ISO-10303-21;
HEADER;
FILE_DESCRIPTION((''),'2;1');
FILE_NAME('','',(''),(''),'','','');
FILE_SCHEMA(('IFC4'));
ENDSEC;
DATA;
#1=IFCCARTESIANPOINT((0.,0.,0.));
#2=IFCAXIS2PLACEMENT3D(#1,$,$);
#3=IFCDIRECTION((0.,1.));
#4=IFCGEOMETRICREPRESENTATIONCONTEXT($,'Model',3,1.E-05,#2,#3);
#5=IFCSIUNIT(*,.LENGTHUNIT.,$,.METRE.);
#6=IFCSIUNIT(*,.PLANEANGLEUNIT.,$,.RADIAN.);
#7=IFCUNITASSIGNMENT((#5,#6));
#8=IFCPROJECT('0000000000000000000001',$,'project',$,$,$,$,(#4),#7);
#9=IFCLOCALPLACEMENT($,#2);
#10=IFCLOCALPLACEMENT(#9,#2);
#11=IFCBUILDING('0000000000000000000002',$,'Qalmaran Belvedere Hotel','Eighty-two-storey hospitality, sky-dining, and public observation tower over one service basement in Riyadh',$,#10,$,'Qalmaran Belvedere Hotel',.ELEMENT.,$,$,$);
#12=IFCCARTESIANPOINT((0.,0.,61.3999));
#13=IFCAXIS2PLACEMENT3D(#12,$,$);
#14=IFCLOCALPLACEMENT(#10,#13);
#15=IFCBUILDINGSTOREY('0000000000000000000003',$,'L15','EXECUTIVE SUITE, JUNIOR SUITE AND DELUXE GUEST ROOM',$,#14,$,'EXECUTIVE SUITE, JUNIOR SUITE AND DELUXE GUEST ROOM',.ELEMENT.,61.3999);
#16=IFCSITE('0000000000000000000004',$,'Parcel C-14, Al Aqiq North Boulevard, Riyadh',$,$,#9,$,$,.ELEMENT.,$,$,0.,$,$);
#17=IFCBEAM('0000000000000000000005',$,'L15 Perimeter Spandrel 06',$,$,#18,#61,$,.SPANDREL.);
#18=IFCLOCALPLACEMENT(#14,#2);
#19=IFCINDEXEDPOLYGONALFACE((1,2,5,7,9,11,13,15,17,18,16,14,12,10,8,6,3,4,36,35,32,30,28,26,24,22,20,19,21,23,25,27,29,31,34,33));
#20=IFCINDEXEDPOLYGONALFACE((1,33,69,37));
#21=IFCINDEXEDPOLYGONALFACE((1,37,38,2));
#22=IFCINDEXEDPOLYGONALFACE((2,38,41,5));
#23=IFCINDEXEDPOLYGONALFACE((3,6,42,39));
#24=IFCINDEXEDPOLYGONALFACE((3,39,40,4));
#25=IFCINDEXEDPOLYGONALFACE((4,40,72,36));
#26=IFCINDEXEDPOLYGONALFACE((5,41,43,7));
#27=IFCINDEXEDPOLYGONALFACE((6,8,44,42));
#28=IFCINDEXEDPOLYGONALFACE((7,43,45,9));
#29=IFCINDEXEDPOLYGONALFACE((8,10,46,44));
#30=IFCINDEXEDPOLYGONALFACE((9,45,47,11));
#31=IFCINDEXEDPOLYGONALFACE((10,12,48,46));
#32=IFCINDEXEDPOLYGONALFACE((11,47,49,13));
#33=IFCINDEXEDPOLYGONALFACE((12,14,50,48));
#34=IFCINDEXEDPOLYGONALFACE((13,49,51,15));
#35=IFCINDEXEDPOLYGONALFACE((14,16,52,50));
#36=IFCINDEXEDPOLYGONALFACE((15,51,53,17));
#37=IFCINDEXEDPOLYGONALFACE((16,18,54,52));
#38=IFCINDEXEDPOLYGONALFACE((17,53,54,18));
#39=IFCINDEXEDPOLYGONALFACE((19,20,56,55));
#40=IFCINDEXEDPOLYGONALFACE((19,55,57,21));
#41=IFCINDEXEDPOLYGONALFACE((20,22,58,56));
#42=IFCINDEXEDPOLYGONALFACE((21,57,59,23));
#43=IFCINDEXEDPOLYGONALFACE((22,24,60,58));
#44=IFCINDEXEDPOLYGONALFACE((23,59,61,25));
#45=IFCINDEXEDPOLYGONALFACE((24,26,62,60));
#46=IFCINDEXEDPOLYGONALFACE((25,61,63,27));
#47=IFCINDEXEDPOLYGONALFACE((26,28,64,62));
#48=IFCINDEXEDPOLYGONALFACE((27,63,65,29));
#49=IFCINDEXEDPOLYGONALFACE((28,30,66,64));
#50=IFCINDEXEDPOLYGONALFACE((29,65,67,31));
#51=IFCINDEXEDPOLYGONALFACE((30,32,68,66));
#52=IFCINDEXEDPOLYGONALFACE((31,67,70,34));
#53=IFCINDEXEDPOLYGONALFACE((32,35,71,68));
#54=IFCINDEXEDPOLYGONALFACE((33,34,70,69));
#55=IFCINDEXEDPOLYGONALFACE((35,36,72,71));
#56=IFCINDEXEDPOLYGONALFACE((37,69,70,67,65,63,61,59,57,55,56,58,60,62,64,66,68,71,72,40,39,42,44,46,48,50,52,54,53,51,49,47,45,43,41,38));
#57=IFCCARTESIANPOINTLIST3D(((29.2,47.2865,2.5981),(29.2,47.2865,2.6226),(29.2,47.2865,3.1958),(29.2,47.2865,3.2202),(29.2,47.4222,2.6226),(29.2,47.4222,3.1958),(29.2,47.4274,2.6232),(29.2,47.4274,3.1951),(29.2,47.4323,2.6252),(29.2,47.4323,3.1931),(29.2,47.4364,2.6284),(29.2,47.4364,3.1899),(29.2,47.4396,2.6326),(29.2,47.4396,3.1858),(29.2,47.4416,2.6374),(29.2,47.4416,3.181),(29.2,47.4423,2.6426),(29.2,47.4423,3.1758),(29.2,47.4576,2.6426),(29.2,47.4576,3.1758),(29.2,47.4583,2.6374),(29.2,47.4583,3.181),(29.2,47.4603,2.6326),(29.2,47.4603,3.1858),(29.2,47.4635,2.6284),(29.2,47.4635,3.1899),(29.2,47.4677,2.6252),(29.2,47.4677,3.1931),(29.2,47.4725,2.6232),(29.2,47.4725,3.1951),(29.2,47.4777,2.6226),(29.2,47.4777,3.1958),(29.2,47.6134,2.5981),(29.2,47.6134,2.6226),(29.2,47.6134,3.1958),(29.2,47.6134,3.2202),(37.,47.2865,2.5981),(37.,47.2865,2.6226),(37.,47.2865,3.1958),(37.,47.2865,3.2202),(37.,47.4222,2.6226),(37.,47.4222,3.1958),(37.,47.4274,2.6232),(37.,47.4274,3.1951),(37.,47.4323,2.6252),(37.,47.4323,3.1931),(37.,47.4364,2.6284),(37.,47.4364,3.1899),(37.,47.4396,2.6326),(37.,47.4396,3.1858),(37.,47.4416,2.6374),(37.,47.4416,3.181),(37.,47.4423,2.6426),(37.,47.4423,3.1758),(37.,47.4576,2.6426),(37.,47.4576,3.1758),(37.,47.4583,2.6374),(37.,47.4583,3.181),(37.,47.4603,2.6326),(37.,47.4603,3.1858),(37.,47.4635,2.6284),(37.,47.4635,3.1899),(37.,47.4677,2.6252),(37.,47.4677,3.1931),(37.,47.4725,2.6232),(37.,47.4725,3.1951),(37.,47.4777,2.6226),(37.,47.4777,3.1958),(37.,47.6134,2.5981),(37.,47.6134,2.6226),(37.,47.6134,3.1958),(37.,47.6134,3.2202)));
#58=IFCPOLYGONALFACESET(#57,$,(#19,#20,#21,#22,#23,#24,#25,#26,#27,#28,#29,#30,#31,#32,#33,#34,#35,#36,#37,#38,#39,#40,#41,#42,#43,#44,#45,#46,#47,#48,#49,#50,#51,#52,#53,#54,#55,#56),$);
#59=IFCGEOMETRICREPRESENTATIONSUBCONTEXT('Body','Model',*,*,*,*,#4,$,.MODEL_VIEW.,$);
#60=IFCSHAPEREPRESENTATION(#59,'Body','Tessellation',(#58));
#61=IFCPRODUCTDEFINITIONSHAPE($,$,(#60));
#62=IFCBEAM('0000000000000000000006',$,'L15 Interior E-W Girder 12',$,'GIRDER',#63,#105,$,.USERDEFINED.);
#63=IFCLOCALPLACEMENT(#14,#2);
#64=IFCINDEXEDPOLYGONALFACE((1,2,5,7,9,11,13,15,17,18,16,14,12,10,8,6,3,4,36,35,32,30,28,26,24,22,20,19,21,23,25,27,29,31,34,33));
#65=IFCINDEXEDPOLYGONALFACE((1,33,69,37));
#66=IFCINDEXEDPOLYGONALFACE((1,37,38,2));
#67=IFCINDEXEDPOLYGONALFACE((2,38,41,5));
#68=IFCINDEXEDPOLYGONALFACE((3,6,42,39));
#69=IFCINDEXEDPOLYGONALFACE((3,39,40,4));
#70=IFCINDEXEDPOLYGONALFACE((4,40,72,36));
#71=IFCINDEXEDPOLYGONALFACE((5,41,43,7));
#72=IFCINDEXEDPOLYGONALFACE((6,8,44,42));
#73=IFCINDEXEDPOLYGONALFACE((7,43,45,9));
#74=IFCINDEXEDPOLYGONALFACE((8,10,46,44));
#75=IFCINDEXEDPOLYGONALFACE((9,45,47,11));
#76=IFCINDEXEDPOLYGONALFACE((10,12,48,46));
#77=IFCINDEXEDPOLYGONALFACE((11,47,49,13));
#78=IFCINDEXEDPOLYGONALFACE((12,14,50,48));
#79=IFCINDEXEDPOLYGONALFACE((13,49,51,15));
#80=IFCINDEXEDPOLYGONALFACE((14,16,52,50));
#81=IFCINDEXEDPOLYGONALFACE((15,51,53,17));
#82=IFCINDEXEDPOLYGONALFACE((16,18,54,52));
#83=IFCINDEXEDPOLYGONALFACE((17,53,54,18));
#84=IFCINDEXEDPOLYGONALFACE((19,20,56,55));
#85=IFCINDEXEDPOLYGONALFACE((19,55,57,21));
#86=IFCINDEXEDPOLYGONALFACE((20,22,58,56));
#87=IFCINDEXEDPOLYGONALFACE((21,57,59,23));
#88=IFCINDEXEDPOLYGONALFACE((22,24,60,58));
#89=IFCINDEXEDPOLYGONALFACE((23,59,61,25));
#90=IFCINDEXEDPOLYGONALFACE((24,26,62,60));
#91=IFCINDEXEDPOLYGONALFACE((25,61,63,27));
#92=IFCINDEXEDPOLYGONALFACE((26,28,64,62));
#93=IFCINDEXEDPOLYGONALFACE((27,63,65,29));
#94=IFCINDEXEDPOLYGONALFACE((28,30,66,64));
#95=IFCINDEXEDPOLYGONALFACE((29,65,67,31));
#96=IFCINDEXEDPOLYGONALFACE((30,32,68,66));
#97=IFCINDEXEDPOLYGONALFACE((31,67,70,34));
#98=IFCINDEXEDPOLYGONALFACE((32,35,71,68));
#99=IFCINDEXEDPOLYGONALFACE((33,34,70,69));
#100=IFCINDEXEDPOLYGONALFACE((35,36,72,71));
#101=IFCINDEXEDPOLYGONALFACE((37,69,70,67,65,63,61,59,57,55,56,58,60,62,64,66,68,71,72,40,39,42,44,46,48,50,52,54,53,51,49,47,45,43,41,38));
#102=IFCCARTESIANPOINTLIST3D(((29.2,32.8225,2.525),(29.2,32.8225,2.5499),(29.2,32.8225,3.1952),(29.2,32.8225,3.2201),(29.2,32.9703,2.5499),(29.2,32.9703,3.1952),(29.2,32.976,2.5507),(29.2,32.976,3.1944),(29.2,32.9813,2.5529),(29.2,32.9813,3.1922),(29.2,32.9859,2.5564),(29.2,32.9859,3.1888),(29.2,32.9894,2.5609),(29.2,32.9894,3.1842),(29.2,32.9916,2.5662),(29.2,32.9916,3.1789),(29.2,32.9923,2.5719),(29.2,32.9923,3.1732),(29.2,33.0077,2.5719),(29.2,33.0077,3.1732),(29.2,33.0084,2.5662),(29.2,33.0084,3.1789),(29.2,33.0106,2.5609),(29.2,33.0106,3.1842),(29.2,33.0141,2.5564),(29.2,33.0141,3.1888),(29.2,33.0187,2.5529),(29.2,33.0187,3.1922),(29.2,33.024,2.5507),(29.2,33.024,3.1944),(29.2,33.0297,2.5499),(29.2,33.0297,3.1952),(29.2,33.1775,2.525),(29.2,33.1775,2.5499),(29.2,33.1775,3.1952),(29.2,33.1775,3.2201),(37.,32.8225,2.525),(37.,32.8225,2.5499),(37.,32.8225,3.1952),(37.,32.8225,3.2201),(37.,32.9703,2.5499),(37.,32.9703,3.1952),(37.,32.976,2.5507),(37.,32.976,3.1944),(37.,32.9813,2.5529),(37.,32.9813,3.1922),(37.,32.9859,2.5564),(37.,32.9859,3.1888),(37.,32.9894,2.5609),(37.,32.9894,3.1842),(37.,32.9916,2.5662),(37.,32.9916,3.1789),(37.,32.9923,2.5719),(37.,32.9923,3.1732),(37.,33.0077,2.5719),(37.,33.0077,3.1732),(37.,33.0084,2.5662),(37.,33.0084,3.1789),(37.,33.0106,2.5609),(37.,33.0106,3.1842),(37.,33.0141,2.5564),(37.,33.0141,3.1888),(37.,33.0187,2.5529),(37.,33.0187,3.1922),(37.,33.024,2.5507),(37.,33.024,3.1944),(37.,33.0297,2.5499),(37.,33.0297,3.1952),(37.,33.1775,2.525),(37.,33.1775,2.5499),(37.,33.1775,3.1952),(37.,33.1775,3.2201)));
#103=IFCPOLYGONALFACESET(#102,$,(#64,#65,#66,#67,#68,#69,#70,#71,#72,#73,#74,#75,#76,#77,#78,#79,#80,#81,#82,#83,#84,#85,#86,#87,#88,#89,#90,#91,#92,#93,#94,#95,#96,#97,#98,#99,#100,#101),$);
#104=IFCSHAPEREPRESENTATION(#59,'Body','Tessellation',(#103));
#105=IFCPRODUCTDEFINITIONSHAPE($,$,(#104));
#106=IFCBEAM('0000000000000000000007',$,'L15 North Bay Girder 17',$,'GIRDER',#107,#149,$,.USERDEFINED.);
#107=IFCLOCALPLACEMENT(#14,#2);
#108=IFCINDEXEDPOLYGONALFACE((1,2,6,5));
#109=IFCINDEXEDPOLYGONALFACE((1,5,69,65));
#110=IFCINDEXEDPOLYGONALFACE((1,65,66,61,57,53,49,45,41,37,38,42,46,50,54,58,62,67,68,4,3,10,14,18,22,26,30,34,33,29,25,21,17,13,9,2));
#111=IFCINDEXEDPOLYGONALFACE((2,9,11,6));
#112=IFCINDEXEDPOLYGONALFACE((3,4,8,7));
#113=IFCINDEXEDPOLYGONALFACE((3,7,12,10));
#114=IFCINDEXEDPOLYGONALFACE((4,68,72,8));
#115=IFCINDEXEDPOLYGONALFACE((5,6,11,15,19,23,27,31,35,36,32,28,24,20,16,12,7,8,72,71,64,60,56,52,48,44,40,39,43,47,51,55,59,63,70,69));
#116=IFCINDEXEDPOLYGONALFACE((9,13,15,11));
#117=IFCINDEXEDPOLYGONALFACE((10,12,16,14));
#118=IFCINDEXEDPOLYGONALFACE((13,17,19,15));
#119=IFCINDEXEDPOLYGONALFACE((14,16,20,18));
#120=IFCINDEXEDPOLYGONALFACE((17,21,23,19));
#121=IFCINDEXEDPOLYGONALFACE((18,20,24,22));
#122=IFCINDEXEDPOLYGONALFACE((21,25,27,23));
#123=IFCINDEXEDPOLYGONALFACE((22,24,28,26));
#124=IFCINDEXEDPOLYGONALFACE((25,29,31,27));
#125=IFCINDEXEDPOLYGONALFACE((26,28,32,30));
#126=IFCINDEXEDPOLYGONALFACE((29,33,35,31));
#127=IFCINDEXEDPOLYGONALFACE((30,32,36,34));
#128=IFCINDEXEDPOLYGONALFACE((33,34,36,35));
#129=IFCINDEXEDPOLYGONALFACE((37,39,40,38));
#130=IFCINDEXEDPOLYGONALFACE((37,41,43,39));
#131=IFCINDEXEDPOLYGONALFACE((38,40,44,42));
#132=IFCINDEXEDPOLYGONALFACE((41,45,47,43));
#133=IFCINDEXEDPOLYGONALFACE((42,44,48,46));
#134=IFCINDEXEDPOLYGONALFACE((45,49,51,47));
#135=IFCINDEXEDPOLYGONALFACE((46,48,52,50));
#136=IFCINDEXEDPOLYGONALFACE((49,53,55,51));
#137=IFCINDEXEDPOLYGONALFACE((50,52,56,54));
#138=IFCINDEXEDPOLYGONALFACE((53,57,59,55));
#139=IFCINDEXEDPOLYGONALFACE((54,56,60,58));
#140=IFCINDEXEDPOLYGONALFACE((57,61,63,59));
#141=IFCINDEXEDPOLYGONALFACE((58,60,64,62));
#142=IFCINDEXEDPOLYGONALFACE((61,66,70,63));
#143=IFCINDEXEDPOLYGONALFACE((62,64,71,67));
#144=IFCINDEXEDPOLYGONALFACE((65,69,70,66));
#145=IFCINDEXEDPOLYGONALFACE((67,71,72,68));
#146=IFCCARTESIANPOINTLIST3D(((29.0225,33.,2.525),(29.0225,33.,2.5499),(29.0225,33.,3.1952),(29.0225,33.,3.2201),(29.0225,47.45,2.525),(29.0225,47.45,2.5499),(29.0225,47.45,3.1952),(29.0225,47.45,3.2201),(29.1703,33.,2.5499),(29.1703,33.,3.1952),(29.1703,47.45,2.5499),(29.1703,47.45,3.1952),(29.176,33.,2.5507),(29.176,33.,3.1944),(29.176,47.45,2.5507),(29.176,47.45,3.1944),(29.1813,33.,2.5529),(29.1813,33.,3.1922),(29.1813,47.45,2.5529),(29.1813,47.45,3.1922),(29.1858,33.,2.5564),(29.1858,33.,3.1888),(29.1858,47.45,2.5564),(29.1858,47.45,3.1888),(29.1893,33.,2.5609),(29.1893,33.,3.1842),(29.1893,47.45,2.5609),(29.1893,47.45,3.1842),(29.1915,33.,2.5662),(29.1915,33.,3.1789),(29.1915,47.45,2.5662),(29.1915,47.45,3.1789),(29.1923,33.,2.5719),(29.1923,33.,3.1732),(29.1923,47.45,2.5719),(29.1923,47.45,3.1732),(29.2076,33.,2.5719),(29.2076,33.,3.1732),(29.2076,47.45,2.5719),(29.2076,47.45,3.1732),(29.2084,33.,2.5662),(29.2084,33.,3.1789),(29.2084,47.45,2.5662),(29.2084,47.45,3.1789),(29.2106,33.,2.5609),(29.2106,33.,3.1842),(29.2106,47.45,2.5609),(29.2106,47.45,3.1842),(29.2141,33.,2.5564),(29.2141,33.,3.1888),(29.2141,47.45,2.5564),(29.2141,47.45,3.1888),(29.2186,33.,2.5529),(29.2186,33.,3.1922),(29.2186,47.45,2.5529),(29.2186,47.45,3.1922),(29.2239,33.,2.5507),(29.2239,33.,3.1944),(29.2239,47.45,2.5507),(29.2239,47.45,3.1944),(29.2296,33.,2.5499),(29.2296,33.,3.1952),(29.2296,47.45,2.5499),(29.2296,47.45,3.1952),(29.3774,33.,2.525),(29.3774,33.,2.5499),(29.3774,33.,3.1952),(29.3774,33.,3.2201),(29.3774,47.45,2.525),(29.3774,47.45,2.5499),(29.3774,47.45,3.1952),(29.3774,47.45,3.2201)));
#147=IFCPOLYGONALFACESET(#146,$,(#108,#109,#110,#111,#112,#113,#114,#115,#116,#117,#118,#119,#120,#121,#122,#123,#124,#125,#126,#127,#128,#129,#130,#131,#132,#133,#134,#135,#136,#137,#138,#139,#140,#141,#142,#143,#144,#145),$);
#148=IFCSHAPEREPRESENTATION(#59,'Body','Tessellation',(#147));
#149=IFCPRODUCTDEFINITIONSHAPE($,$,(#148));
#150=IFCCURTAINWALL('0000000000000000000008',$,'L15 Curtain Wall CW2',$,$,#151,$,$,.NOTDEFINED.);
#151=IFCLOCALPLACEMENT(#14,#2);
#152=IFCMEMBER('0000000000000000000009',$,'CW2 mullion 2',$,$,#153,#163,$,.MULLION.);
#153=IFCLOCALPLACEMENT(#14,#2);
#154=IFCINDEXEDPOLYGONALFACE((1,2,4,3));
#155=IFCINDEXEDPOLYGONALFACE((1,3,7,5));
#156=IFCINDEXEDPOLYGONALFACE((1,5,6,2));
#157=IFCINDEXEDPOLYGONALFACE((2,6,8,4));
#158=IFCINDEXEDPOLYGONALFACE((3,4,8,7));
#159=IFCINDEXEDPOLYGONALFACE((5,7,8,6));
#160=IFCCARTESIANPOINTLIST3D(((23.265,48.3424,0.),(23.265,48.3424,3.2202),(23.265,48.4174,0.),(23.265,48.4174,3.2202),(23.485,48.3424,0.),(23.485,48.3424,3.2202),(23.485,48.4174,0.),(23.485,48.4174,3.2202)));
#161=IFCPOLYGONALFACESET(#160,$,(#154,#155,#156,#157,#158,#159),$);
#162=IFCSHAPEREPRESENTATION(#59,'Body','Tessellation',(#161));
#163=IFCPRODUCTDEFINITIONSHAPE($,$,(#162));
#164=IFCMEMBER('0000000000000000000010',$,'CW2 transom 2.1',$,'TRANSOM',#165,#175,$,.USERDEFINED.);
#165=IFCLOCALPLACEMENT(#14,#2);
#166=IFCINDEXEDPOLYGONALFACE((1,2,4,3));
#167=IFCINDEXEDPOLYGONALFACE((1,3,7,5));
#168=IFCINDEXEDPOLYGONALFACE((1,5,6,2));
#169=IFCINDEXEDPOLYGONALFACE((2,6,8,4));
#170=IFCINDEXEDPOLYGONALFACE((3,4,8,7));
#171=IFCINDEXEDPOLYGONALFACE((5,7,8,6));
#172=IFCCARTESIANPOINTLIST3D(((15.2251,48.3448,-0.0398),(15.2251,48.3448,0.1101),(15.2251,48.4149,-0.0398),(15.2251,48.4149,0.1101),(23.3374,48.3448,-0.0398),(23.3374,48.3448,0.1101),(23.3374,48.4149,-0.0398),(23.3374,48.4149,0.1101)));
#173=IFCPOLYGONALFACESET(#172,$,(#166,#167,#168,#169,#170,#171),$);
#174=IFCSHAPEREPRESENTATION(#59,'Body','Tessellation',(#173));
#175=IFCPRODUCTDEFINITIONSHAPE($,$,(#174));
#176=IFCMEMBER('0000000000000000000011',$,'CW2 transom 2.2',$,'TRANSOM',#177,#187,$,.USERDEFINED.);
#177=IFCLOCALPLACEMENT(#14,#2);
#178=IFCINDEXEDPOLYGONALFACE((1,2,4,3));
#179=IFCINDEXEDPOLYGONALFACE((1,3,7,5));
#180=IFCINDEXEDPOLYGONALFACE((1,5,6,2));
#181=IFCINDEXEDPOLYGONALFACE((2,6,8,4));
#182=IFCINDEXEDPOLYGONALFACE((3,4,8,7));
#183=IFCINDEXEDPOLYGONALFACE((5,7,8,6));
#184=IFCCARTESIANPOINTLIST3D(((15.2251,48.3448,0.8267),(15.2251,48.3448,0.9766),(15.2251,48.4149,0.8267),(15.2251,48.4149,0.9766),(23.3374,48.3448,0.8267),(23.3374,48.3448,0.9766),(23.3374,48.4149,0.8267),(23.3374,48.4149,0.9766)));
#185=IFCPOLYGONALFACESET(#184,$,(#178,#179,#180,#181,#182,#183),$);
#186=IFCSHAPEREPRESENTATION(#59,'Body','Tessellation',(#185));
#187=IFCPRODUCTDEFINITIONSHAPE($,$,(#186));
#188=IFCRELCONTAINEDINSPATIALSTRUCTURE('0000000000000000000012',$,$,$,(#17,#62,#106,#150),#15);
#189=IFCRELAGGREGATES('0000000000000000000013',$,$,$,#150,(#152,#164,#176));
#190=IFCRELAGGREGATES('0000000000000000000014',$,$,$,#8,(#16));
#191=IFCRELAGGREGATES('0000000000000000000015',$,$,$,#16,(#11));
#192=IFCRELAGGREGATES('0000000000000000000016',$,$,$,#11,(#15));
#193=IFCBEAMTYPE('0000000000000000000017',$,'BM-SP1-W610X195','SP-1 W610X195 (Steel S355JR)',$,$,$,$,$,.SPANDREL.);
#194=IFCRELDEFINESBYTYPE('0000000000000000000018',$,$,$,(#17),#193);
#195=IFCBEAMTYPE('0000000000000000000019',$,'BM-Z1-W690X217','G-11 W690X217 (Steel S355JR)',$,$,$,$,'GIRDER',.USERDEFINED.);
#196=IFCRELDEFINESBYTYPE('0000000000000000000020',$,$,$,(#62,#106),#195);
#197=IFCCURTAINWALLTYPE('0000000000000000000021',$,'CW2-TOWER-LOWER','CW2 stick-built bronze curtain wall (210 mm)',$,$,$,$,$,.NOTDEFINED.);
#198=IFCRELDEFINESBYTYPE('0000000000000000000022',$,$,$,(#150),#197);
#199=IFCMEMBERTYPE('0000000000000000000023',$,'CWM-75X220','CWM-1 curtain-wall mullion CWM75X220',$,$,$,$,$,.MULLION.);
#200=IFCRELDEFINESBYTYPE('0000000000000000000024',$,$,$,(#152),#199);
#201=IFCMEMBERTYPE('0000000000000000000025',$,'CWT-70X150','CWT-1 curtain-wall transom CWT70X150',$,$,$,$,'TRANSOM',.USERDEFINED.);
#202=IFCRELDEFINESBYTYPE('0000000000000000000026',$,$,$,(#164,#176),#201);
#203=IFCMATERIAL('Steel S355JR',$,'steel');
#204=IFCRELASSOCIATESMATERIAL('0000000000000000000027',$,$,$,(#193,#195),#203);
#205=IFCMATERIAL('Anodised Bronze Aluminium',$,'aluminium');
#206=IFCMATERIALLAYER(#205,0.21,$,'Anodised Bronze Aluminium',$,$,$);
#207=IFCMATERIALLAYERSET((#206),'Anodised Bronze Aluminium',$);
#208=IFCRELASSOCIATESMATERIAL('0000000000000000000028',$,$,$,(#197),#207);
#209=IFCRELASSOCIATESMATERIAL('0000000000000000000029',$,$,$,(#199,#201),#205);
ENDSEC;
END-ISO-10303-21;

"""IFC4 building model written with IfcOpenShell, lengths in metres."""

from ifc_helpers import new_model, si_unit, direction, frame, origin, origin_2d, place, context, subcontext, project, spatial, rectangle, i_section, extrude, material, layer, layer_set, material_profile, profile_set, type_object, element, aggregate, save


model = new_model("IFC4")

# Units and contexts
model_context = context("Model", 3, precision=1e-05, world=origin(), true_north=direction((0.0, 1.0)))
body_context = subcontext(model_context, "Body", "Model", "MODEL_VIEW")
ifc_project = project(units=[si_unit("LENGTHUNIT", "METRE"), si_unit("PLANEANGLEUNIT", "RADIAN")], contexts=[model_context])

# Site, building, storey
site_placement = place(None, origin())
site = spatial("IfcSite", under=ifc_project, at=site_placement, Name="Parcel C-14, Al Aqiq North Boulevard, Riyadh", CompositionType="ELEMENT", RefElevation=0.0)
building_placement = place(site_placement, origin())
building = spatial("IfcBuilding", under=site, at=building_placement, Name="Qalmaran Belvedere Hotel", Description="Eighty-two-storey hospitality, sky-dining, and public observation tower over one service basement in Riyadh", LongName="Qalmaran Belvedere Hotel", CompositionType="ELEMENT")
storey_placement = place(building_placement, frame((0.0, 0.0, 61.3999)))
storey = spatial("IfcBuildingStorey", under=building, at=storey_placement, Name="L15", Description="EXECUTIVE SUITE, JUNIOR SUITE AND DELUXE GUEST ROOM", LongName="EXECUTIVE SUITE, JUNIOR SUITE AND DELUXE GUEST ROOM", CompositionType="ELEMENT", Elevation=61.3999)

# Beams
ifc_material_1 = material(Name="Steel S355JR", Category="steel")
ifc_material_profile_1 = material_profile(ifc_material_1, i_section(OverallWidth=0.3269, OverallDepth=0.6221, WebThickness=0.0154, FlangeThickness=0.0244, FilletRadius=0.02, at=origin_2d()), Name="W610X195")
ifc_profile_set_1 = profile_set([ifc_material_profile_1], Name="Steel S355JR")
beam_type_1 = type_object("IfcBeamType", Name="BM-SP1-W610X195", Description="SP-1 W610X195 (Steel S355JR)", PredefinedType="SPANDREL", material=ifc_profile_set_1)
beam_1_placement = place(storey_placement, frame((29.2, 47.45, 2.9092), z_axis=(1.0, 0.0, 0.0), x_axis=(0.0, 1.0, 0.0)))
element("IfcBeam", 1, at=beam_1_placement, inside=storey, type_object=beam_type_1, Name="L15 Perimeter Spandrel 06", PredefinedType="SPANDREL", context=body_context, shape_type="SweptSolid", body=[
    extrude(i_section(OverallWidth=0.3269, OverallDepth=0.6221, WebThickness=0.0154, FlangeThickness=0.0244, FilletRadius=0.02, at=origin_2d()), origin(), (0.0, 0.0, 1.0), 7.8),
])
ifc_material_profile_2 = material_profile(ifc_material_1, i_section(OverallWidth=0.355, OverallDepth=0.6951, WebThickness=0.0154, FlangeThickness=0.0249, FilletRadius=0.022, at=origin_2d()), Name="W690X217")
ifc_profile_set_2 = profile_set([ifc_material_profile_2], Name="Steel S355JR")
beam_type_2 = type_object("IfcBeamType", Name="BM-Z1-W690X217", Description="G-11 W690X217 (Steel S355JR)", ElementType="GIRDER", PredefinedType="USERDEFINED", material=ifc_profile_set_2)
beam_2_placement = place(storey_placement, frame((29.2, 33.0, 2.8726), z_axis=(1.0, 0.0, 0.0), x_axis=(0.0, 1.0, 0.0)))
element("IfcBeam", 2, at=beam_2_placement, inside=storey, type_object=beam_type_2, Name="L15 Interior E-W Girder 12", ObjectType="GIRDER", PredefinedType="USERDEFINED", context=body_context, shape_type="SweptSolid", body=[
    extrude(i_section(OverallWidth=0.355, OverallDepth=0.6951, WebThickness=0.0154, FlangeThickness=0.0249, FilletRadius=0.022, at=origin_2d()), origin(), (0.0, 0.0, 1.0), 7.8),
])
beam_3_placement = place(storey_placement, frame((29.2, 33.0, 2.8726), z_axis=(0.0, 1.0, 0.0), x_axis=(-1.0, 0.0, 0.0)))
element("IfcBeam", 3, at=beam_3_placement, inside=storey, type_object=beam_type_2, Name="L15 North Bay Girder 17", ObjectType="GIRDER", PredefinedType="USERDEFINED", context=body_context, shape_type="SweptSolid", body=[
    extrude(i_section(OverallWidth=0.355, OverallDepth=0.6951, WebThickness=0.0154, FlangeThickness=0.0249, FilletRadius=0.022, at=origin_2d()), origin(), (0.0, 0.0, 1.0), 14.45),
])

# Curtain wall, members
ifc_material_2 = material(Name="Anodised Bronze Aluminium", Category="aluminium")
ifc_layer_1 = layer(ifc_material_2, 0.21, Name="Anodised Bronze Aluminium")
ifc_layer_set_1 = layer_set([ifc_layer_1], Name="Anodised Bronze Aluminium")
curtain_wall_type = type_object("IfcCurtainWallType", Name="CW2-TOWER-LOWER", Description="CW2 stick-built bronze curtain wall (210 mm)", PredefinedType="NOTDEFINED", material=ifc_layer_set_1)
curtain_wall_placement = place(storey_placement, origin())
curtain_wall = element("IfcCurtainWall", 4, at=curtain_wall_placement, inside=storey, type_object=curtain_wall_type, Name="L15 Curtain Wall CW2", PredefinedType="NOTDEFINED")
ifc_material_profile_3 = material_profile(ifc_material_2, rectangle(XDim=0.075, YDim=0.22, at=origin_2d()), Name="CWM75X220")
ifc_profile_set_3 = profile_set([ifc_material_profile_3], Name="Anodised Bronze Aluminium")
member_type_1 = type_object("IfcMemberType", Name="CWM-75X220", Description="CWM-1 curtain-wall mullion CWM75X220", PredefinedType="MULLION", material=ifc_profile_set_3)
member_1_placement = place(storey_placement, frame((23.375, 48.3799, 0.0), z_axis=(0.0, 0.0, 1.0), x_axis=(0.0, -1.0, 0.0)))
member_1 = element("IfcMember", 5, at=member_1_placement, type_object=member_type_1, Name="CW2 mullion 2", PredefinedType="MULLION", context=body_context, shape_type="SweptSolid", body=[
    extrude(rectangle(XDim=0.075, YDim=0.22, at=origin_2d()), origin(), (0.0, 0.0, 1.0), 3.2202),
])
ifc_material_profile_4 = material_profile(ifc_material_2, rectangle(XDim=0.0701, YDim=0.1499, at=origin_2d()), Name="CWT70X150")
ifc_profile_set_4 = profile_set([ifc_material_profile_4], Name="Anodised Bronze Aluminium")
member_type_2 = type_object("IfcMemberType", Name="CWT-70X150", Description="CWT-1 curtain-wall transom CWT70X150", ElementType="TRANSOM", PredefinedType="USERDEFINED", material=ifc_profile_set_4)
member_2_placement = place(storey_placement, frame((23.3374, 48.3799, 0.0352), z_axis=(-1.0, 0.0, 0.0), x_axis=(0.0, -1.0, 0.0)))
member_2 = element("IfcMember", 6, at=member_2_placement, type_object=member_type_2, Name="CW2 transom 2.1", ObjectType="TRANSOM", PredefinedType="USERDEFINED", context=body_context, shape_type="SweptSolid", body=[
    extrude(rectangle(XDim=0.0701, YDim=0.1499, at=origin_2d()), origin(), (0.0, 0.0, 1.0), 8.1123),
])
member_3_placement = place(storey_placement, frame((23.3374, 48.3799, 0.9016), z_axis=(-1.0, 0.0, 0.0), x_axis=(0.0, -1.0, 0.0)))
member_3 = element("IfcMember", 7, at=member_3_placement, type_object=member_type_2, Name="CW2 transom 2.2", ObjectType="TRANSOM", PredefinedType="USERDEFINED", context=body_context, shape_type="SweptSolid", body=[
    extrude(rectangle(XDim=0.0701, YDim=0.1499, at=origin_2d()), origin(), (0.0, 0.0, 1.0), 8.1123),
])
aggregate(curtain_wall, [member_1, member_2, member_3])

save(model, "model.ifc")
